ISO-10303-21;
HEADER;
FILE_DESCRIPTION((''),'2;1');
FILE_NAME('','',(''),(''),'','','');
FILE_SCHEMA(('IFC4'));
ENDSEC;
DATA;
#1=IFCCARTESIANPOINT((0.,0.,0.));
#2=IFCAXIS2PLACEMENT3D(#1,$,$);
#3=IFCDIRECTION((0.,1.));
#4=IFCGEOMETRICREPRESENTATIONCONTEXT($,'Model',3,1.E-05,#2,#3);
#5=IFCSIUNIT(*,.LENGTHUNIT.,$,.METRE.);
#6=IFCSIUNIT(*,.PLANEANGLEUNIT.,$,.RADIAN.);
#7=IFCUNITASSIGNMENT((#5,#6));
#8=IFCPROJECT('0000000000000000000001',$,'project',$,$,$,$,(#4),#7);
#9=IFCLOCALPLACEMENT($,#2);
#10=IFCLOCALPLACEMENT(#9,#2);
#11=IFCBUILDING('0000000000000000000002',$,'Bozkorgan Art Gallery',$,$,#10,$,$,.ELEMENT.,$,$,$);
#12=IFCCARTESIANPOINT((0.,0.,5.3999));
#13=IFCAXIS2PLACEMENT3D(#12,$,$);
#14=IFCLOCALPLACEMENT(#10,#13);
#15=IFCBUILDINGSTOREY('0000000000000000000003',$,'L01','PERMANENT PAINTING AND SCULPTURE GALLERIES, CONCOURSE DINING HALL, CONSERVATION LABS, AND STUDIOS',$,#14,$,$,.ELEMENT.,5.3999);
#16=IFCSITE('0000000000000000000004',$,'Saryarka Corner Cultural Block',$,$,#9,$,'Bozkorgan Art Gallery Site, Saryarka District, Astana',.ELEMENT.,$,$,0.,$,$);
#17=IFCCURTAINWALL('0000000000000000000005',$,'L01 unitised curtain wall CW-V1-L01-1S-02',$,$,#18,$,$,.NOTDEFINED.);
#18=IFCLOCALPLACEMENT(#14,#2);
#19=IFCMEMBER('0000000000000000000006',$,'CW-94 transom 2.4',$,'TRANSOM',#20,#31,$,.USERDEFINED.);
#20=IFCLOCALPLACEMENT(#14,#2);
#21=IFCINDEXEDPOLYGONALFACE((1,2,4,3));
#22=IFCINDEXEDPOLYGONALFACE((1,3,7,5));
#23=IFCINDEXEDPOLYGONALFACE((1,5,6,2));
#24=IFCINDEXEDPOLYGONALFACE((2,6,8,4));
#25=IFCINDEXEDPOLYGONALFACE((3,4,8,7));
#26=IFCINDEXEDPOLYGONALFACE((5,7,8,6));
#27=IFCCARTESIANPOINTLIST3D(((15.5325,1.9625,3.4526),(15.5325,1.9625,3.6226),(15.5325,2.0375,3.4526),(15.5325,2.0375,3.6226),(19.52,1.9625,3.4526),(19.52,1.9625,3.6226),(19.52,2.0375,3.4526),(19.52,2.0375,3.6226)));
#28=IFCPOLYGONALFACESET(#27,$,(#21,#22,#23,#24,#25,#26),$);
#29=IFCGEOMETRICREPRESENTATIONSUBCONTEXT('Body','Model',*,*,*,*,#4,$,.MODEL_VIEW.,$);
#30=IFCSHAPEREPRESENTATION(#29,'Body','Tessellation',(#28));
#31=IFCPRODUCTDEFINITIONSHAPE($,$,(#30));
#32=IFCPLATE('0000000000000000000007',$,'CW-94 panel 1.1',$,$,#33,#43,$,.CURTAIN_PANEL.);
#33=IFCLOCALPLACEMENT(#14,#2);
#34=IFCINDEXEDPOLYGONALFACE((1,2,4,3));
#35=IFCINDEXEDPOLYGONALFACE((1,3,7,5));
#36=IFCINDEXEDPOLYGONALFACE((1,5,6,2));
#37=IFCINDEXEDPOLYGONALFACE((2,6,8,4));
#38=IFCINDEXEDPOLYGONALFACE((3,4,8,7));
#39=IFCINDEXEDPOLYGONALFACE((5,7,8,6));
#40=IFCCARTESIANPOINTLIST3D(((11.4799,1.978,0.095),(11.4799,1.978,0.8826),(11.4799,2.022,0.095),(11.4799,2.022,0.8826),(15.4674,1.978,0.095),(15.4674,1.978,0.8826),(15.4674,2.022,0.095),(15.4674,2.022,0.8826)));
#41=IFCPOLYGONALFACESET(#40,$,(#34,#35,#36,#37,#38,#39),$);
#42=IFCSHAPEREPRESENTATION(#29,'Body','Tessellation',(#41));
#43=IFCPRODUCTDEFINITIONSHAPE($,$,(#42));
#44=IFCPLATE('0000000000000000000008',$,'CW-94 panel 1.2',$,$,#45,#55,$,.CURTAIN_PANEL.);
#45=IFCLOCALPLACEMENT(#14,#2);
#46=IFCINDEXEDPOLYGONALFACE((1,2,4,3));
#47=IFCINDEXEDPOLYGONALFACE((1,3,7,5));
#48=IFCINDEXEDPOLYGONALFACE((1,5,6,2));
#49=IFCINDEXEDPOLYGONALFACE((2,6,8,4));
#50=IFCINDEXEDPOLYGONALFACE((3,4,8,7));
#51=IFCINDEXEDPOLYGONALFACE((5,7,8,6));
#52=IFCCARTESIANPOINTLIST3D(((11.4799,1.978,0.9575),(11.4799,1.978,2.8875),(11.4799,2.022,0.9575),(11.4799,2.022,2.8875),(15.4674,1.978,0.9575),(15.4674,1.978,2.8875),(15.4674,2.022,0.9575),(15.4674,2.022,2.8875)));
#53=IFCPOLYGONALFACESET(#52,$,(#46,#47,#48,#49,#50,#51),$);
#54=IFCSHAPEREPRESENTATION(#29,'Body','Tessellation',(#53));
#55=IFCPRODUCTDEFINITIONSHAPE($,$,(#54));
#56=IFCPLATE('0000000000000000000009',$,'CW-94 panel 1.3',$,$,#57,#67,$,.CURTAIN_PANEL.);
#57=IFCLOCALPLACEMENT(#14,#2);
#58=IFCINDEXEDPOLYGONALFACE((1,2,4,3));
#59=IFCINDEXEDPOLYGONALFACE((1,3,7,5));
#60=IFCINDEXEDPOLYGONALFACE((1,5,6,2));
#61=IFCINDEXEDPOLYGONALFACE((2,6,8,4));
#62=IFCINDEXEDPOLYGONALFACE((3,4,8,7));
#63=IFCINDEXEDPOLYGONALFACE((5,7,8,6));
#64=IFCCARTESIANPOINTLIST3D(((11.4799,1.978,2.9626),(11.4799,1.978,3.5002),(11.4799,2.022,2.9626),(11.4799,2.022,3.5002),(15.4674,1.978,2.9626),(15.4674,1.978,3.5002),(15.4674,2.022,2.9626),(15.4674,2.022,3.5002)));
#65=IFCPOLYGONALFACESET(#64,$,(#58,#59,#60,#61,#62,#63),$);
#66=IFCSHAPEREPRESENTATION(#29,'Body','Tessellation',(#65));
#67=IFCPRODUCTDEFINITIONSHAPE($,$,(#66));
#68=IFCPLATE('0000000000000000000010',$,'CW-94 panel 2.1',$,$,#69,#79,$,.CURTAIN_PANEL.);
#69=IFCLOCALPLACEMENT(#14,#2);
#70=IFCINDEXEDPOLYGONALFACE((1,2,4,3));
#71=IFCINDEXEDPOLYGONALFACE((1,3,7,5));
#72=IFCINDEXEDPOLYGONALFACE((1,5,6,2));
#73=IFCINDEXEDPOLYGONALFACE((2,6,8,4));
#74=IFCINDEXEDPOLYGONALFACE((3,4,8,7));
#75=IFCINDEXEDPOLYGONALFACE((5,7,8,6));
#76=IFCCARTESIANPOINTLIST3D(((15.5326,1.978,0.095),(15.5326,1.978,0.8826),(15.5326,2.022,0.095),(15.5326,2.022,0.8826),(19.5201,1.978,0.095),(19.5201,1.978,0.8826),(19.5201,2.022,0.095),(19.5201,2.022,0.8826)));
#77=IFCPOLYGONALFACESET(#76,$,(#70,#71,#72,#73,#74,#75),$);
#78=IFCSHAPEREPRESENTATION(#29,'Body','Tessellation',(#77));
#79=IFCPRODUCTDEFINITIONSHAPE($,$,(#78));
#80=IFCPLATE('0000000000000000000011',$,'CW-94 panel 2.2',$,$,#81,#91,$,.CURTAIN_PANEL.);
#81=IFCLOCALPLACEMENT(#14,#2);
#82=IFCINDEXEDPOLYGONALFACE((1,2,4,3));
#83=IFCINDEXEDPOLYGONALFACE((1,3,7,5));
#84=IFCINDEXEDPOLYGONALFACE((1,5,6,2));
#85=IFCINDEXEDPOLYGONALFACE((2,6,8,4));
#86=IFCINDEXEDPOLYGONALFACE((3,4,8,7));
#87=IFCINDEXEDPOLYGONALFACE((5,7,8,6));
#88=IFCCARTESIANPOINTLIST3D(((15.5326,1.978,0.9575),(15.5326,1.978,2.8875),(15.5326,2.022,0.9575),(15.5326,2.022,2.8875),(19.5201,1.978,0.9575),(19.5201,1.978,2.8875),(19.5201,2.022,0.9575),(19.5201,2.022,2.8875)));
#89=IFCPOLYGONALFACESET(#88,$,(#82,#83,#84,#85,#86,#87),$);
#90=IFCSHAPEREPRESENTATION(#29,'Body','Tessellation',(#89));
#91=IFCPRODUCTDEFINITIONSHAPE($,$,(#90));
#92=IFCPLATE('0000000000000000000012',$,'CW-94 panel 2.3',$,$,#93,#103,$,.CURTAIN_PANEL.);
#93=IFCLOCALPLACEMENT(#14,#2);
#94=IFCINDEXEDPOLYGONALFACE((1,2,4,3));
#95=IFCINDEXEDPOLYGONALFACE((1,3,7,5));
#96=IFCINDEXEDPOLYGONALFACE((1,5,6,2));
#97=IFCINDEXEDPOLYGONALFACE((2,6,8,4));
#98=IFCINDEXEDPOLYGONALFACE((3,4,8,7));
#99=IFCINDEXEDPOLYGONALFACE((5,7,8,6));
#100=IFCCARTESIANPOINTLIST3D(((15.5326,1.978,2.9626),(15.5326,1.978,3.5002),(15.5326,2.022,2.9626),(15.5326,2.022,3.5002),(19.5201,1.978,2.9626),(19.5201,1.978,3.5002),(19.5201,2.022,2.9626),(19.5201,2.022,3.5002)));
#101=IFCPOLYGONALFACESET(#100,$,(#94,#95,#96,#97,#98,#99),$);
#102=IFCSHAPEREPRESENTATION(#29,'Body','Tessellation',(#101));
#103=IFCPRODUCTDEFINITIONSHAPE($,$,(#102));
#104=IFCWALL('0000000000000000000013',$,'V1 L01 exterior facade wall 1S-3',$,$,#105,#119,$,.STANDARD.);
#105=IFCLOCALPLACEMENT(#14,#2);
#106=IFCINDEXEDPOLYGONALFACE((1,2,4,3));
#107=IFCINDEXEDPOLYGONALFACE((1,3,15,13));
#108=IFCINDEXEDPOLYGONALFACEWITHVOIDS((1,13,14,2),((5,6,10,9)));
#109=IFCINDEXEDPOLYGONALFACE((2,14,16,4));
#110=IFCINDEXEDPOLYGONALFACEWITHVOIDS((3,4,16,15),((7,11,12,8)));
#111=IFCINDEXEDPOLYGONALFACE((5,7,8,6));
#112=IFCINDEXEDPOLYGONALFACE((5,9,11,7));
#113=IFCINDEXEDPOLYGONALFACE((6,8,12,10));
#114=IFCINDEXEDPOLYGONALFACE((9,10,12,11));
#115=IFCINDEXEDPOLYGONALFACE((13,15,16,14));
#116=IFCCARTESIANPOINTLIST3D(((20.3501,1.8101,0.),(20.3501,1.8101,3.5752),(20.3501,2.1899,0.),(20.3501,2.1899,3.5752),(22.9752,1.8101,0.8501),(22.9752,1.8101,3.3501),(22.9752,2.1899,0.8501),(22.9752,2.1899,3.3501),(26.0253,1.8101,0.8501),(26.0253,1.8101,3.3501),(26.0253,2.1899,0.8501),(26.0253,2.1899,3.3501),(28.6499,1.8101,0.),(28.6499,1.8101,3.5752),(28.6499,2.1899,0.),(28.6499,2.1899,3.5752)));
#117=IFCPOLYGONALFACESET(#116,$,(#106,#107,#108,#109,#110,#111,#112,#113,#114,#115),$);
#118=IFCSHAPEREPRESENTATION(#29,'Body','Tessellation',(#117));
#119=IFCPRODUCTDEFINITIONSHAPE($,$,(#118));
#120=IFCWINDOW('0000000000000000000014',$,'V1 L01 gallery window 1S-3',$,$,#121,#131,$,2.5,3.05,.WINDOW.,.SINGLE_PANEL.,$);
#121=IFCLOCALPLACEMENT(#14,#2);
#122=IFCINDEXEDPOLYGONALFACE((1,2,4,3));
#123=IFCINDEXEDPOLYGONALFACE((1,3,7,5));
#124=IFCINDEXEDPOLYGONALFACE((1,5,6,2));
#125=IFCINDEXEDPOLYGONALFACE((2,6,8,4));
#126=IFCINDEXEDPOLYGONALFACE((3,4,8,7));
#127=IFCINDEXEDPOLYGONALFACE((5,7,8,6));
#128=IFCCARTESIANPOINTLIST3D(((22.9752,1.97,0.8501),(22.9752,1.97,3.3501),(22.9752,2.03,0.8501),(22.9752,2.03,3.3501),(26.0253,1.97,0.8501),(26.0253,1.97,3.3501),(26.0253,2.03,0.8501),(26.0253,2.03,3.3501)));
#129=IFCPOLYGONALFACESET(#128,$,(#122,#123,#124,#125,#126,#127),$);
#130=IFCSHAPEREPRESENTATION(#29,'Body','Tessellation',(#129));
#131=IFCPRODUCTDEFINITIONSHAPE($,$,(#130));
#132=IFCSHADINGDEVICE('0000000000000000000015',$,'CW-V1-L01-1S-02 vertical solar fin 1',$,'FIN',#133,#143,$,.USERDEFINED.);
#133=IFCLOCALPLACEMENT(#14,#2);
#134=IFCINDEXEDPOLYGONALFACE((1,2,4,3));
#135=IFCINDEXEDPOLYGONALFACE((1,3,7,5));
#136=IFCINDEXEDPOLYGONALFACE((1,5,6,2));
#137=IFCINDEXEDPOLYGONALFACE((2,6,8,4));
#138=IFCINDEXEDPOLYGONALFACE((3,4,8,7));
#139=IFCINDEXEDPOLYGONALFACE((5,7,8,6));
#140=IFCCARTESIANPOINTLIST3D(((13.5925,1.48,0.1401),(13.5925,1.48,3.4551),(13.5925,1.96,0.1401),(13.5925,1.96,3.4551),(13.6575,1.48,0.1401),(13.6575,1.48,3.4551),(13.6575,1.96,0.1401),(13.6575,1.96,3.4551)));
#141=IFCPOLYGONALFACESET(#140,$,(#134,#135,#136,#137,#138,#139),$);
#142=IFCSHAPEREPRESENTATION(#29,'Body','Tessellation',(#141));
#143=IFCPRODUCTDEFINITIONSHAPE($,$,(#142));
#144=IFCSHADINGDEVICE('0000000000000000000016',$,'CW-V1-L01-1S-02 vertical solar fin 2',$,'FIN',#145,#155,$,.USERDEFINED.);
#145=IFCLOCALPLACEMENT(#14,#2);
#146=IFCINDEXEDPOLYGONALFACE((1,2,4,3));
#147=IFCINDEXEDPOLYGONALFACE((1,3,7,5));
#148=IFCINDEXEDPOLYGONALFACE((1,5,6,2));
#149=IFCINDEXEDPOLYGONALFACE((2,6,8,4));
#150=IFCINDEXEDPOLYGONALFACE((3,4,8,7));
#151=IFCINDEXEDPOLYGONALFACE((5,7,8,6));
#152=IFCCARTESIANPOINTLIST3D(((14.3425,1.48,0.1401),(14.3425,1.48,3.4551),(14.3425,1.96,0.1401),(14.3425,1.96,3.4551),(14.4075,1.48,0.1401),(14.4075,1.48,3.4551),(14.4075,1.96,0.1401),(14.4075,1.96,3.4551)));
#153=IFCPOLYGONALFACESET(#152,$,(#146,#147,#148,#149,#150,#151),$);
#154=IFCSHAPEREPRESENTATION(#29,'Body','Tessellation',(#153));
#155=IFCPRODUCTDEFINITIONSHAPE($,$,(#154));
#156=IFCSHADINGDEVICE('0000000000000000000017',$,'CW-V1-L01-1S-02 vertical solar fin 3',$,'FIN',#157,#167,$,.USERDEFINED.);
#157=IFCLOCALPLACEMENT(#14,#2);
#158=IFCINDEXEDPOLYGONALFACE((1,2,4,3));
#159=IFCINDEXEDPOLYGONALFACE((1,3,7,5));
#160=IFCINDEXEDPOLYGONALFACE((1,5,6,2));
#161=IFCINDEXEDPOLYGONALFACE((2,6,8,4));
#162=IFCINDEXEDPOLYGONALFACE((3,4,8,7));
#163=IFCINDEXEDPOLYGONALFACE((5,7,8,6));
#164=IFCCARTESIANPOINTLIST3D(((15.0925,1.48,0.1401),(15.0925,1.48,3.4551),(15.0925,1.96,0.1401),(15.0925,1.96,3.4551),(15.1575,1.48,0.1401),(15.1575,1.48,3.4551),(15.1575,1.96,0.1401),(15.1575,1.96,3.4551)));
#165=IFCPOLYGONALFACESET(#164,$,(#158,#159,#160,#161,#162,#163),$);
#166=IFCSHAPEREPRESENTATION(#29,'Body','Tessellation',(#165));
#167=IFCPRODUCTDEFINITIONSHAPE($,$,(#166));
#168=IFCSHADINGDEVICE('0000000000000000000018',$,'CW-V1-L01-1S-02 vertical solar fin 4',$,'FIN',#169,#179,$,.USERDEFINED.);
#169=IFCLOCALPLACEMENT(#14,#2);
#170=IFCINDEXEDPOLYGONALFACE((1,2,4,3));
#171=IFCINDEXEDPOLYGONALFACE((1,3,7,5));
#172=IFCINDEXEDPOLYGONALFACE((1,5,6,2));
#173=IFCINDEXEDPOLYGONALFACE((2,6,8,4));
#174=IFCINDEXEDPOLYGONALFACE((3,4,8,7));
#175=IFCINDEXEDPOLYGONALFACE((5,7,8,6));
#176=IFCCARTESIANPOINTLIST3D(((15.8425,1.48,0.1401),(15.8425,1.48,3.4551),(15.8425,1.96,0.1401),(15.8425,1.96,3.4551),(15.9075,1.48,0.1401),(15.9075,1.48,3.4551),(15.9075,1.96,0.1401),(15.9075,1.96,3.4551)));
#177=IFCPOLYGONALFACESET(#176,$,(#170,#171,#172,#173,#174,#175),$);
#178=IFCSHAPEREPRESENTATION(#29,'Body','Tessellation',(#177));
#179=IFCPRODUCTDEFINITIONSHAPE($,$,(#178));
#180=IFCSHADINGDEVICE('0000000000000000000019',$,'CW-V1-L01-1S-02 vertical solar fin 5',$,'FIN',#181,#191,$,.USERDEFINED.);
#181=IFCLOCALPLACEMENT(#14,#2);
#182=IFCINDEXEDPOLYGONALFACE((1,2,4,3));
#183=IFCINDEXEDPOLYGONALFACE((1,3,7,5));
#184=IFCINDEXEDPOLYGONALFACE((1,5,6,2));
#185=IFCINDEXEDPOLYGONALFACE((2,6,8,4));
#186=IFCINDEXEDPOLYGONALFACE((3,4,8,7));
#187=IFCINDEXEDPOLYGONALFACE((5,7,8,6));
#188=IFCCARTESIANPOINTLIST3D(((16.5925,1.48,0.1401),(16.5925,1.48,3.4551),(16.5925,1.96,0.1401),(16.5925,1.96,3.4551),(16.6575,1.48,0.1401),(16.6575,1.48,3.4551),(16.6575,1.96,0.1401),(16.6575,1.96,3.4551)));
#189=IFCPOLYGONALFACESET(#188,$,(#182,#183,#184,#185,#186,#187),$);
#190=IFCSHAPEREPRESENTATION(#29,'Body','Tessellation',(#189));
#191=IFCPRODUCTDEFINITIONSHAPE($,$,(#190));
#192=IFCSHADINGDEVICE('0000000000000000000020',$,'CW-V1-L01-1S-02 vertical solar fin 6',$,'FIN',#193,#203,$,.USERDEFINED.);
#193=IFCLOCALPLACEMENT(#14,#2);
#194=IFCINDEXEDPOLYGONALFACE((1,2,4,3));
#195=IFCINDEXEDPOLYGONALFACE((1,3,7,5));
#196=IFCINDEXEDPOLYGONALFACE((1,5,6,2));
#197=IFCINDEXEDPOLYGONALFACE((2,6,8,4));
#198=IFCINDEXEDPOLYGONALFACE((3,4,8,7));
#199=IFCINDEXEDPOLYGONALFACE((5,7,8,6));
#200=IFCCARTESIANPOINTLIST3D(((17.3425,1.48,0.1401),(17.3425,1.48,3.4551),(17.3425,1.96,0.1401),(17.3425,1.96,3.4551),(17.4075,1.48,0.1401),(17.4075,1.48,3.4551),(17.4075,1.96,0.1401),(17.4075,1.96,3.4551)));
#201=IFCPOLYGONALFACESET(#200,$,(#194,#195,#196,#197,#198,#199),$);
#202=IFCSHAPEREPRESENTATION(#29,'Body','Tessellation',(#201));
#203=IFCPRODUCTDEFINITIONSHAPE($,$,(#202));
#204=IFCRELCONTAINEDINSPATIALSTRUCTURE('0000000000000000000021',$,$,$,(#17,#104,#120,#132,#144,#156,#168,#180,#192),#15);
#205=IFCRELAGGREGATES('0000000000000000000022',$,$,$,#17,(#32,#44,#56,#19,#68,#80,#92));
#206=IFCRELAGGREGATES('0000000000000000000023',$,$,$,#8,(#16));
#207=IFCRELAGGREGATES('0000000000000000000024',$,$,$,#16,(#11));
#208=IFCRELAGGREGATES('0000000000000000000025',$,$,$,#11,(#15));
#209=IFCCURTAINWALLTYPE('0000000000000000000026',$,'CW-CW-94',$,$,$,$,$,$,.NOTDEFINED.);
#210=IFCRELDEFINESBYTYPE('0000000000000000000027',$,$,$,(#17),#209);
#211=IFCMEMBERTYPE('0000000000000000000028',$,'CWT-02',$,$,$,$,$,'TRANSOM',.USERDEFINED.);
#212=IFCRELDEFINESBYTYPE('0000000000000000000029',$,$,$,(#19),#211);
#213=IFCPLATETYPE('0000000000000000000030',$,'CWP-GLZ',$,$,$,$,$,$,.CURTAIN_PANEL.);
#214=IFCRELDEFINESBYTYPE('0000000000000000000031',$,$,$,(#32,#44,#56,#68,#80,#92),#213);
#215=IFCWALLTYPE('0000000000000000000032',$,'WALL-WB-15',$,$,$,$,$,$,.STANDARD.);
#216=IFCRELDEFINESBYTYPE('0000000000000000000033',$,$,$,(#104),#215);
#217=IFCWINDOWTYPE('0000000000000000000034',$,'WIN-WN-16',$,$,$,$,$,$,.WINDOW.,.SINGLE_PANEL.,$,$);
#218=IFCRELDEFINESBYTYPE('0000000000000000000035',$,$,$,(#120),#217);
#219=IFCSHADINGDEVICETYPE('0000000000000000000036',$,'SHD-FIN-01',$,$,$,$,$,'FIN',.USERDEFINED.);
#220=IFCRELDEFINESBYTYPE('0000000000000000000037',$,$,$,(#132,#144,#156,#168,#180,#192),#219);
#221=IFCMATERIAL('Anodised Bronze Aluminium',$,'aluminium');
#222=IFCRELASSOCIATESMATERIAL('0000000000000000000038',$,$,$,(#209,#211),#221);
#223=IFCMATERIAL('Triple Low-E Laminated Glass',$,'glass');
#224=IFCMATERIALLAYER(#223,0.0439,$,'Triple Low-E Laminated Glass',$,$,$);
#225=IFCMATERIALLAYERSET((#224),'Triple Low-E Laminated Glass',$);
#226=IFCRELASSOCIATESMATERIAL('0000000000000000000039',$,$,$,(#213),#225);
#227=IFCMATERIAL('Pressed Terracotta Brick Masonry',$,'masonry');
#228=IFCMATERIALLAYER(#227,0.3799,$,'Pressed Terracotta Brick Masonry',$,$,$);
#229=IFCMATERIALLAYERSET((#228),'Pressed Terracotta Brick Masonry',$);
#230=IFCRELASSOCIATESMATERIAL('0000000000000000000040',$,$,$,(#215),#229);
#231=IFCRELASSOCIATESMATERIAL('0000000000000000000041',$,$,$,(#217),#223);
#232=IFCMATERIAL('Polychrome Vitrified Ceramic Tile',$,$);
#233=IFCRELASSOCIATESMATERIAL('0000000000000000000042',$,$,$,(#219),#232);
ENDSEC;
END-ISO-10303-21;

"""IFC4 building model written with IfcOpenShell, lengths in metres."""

from ifc_helpers import new_model, si_unit, direction, frame, frame_2d, origin, origin_2d, place, context, subcontext, project, spatial, rectangle, extrude, material, layer, layer_set, material_profile, profile_set, type_object, element, fill, aggregate, save


model = new_model("IFC4")

# Units and contexts
model_context = context("Model", 3, precision=1e-05, world=origin(), true_north=direction((0.0, 1.0)))
body_context = subcontext(model_context, "Body", "Model", "MODEL_VIEW")
ifc_project = project(units=[si_unit("LENGTHUNIT", "METRE"), si_unit("PLANEANGLEUNIT", "RADIAN")], contexts=[model_context])

# Site, building, storey
site_placement = place(None, origin())
site = spatial("IfcSite", under=ifc_project, at=site_placement, Name="Saryarka Corner Cultural Block", LongName="Bozkorgan Art Gallery Site, Saryarka District, Astana", CompositionType="ELEMENT", RefElevation=0.0)
building_placement = place(site_placement, origin())
building = spatial("IfcBuilding", under=site, at=building_placement, Name="Bozkorgan Art Gallery", CompositionType="ELEMENT")
storey_placement = place(building_placement, frame((0.0, 0.0, 5.3999)))
storey = spatial("IfcBuildingStorey", under=building, at=storey_placement, Name="L01", Description="PERMANENT PAINTING AND SCULPTURE GALLERIES, CONCOURSE DINING HALL, CONSERVATION LABS, AND STUDIOS", CompositionType="ELEMENT", Elevation=5.3999)

# Curtain wall
ifc_material_1 = material(Name="Anodised Bronze Aluminium", Category="aluminium")
curtain_wall_type = type_object("IfcCurtainWallType", Name="CW-CW-94", PredefinedType="NOTDEFINED", material=ifc_material_1)
curtain_wall_1_placement = place(storey_placement, origin())
curtain_wall_1 = element("IfcCurtainWall", 1, at=curtain_wall_1_placement, inside=storey, type_object=curtain_wall_type, Name="L01 unitised curtain wall CW-V1-L01-1S-02", PredefinedType="NOTDEFINED")

# Member
ifc_material_profile_1 = material_profile(ifc_material_1, rectangle(XDim=0.075, YDim=0.1699, at=origin_2d()), Name="ALU TRANSOM 75x170")
ifc_profile_set_1 = profile_set([ifc_material_profile_1], Name="Anodised Bronze Aluminium")
member_type_1 = type_object("IfcMemberType", Name="CWT-02", ElementType="TRANSOM", PredefinedType="USERDEFINED", material=ifc_profile_set_1)
member_1_placement = place(storey_placement, frame((15.5325, 2.0, 3.5376), z_axis=(1.0, 0.0, 0.0), x_axis=(0.0, 1.0, 0.0)))
member_1 = element("IfcMember", 2, at=member_1_placement, type_object=member_type_1, Name="CW-94 transom 2.4", ObjectType="TRANSOM", PredefinedType="USERDEFINED", context=body_context, shape_type="SweptSolid", body=[
    extrude(rectangle(XDim=0.075, YDim=0.1699, at=origin_2d()), origin(), (0.0, 0.0, 1.0), 3.9875),
])

# Plates
ifc_material_2 = material(Name="Triple Low-E Laminated Glass", Category="glass")
ifc_layer_1 = layer(ifc_material_2, 0.0439, Name="Triple Low-E Laminated Glass")
ifc_layer_set_1 = layer_set([ifc_layer_1], Name="Triple Low-E Laminated Glass")
plate_type = type_object("IfcPlateType", Name="CWP-GLZ", PredefinedType="CURTAIN_PANEL", material=ifc_layer_set_1)
plate_1_placement = place(storey_placement, frame((13.4736, 2.0, 0.095), z_axis=(0.0, 0.0, 1.0), x_axis=(1.0, 0.0, 0.0)))
plate_1 = element("IfcPlate", 3, at=plate_1_placement, type_object=plate_type, Name="CW-94 panel 1.1", PredefinedType="CURTAIN_PANEL", context=body_context, shape_type="SweptSolid", body=[
    extrude(rectangle(XDim=3.9875, YDim=0.0439, at=origin_2d()), origin(), (0.0, 0.0, 1.0), 0.7876),
])
plate_2_placement = place(storey_placement, frame((13.4736, 2.0, 0.9575), z_axis=(0.0, 0.0, 1.0), x_axis=(1.0, 0.0, 0.0)))
plate_2 = element("IfcPlate", 4, at=plate_2_placement, type_object=plate_type, Name="CW-94 panel 1.2", PredefinedType="CURTAIN_PANEL", context=body_context, shape_type="SweptSolid", body=[
    extrude(rectangle(XDim=3.9875, YDim=0.0439, at=origin_2d()), origin(), (0.0, 0.0, 1.0), 1.9299),
])
plate_3_placement = place(storey_placement, frame((13.4736, 2.0, 2.9626), z_axis=(0.0, 0.0, 1.0), x_axis=(1.0, 0.0, 0.0)))
plate_3 = element("IfcPlate", 5, at=plate_3_placement, type_object=plate_type, Name="CW-94 panel 1.3", PredefinedType="CURTAIN_PANEL", context=body_context, shape_type="SweptSolid", body=[
    extrude(rectangle(XDim=3.9875, YDim=0.0439, at=origin_2d()), origin(), (0.0, 0.0, 1.0), 0.5376),
])
plate_4_placement = place(storey_placement, frame((17.5264, 2.0, 0.095), z_axis=(0.0, 0.0, 1.0), x_axis=(1.0, 0.0, 0.0)))
plate_4 = element("IfcPlate", 6, at=plate_4_placement, type_object=plate_type, Name="CW-94 panel 2.1", PredefinedType="CURTAIN_PANEL", context=body_context, shape_type="SweptSolid", body=[
    extrude(rectangle(XDim=3.9875, YDim=0.0439, at=origin_2d()), origin(), (0.0, 0.0, 1.0), 0.7876),
])
plate_5_placement = place(storey_placement, frame((17.5264, 2.0, 0.9575), z_axis=(0.0, 0.0, 1.0), x_axis=(1.0, 0.0, 0.0)))
plate_5 = element("IfcPlate", 7, at=plate_5_placement, type_object=plate_type, Name="CW-94 panel 2.2", PredefinedType="CURTAIN_PANEL", context=body_context, shape_type="SweptSolid", body=[
    extrude(rectangle(XDim=3.9875, YDim=0.0439, at=origin_2d()), origin(), (0.0, 0.0, 1.0), 1.9299),
])
plate_6_placement = place(storey_placement, frame((17.5264, 2.0, 2.9626), z_axis=(0.0, 0.0, 1.0), x_axis=(1.0, 0.0, 0.0)))
plate_6 = element("IfcPlate", 8, at=plate_6_placement, type_object=plate_type, Name="CW-94 panel 2.3", PredefinedType="CURTAIN_PANEL", context=body_context, shape_type="SweptSolid", body=[
    extrude(rectangle(XDim=3.9875, YDim=0.0439, at=origin_2d()), origin(), (0.0, 0.0, 1.0), 0.5376),
])
aggregate(curtain_wall_1, [plate_1, plate_2, plate_3, member_1, plate_4, plate_5, plate_6])

# Wall, opening, window
ifc_material_3 = material(Name="Pressed Terracotta Brick Masonry", Category="masonry")
ifc_layer_2 = layer(ifc_material_3, 0.3799, Name="Pressed Terracotta Brick Masonry")
ifc_layer_set_2 = layer_set([ifc_layer_2], Name="Pressed Terracotta Brick Masonry")
wall_type = type_object("IfcWallType", Name="WALL-WB-15", PredefinedType="STANDARD", material=ifc_layer_set_2)
wall_placement = place(storey_placement, frame((20.3501, 2.0, 0.0), z_axis=(0.0, 0.0, 1.0), x_axis=(1.0, 0.0, 0.0)))
wall = element("IfcWall", 9, at=wall_placement, inside=storey, type_object=wall_type, Name="V1 L01 exterior facade wall 1S-3", PredefinedType="STANDARD", context=body_context, shape_type="SweptSolid", body=[
    extrude(rectangle(XDim=8.2998, YDim=0.3799, at=frame_2d((4.1499, 0.0))), origin(), (0.0, 0.0, 1.0), 3.5752),
])
opening_placement = place(wall_placement, frame((5.675, 0.0, 0.8501), z_axis=(0.0, 0.0, 1.0), x_axis=(-1.0, 0.0, 0.0)))
opening = element("IfcOpeningElement", 10, at=opening_placement, cuts=wall, PredefinedType="OPENING", context=body_context, shape_type="SweptSolid", body=[
    extrude(rectangle(XDim=3.05, YDim=2.5, at=frame_2d((1.5249, 1.25))), frame((0.0, 0.2, 0.0), z_axis=(0.0, -1.0, 0.0), x_axis=(1.0, 0.0, 0.0)), (0.0, 0.0, 1.0), 0.3999),
])
window_type = type_object("IfcWindowType", Name="WIN-WN-16", PartitioningType="SINGLE_PANEL", PredefinedType="WINDOW", material=ifc_material_2)
window_placement = place(opening_placement, origin())
window = element("IfcWindow", 11, at=window_placement, inside=storey, type_object=window_type, Name="V1 L01 gallery window 1S-3", OverallHeight=2.5, OverallWidth=3.05, PartitioningType="SINGLE_PANEL", PredefinedType="WINDOW", context=body_context, shape_type="SweptSolid", body=[
    extrude(rectangle(XDim=3.05, YDim=2.5, at=frame_2d((1.5249, 1.25))), frame((0.0, 0.03, 0.0), z_axis=(0.0, -1.0, 0.0), x_axis=(1.0, 0.0, 0.0)), (0.0, 0.0, 1.0), 0.0601),
])
fill(opening, window)

# Shading devices
ifc_material_4 = material(Name="Polychrome Vitrified Ceramic Tile")
shading_device_type = type_object("IfcShadingDeviceType", Name="SHD-FIN-01", ElementType="FIN", PredefinedType="USERDEFINED", material=ifc_material_4)
for number, where, z_axis, x_axis, name in (
    (12, (13.625, 1.72, 0.1401), (0.0, 0.0, 1.0), (0.0, -1.0, 0.0), "CW-V1-L01-1S-02 vertical solar fin 1"),
    (13, (14.375, 1.72, 0.1401), (0.0, 0.0, 1.0), (0.0, -1.0, 0.0), "CW-V1-L01-1S-02 vertical solar fin 2"),
    (14, (15.125, 1.72, 0.1401), (0.0, 0.0, 1.0), (0.0, -1.0, 0.0), "CW-V1-L01-1S-02 vertical solar fin 3"),
    (15, (15.875, 1.72, 0.1401), (0.0, 0.0, 1.0), (0.0, -1.0, 0.0), "CW-V1-L01-1S-02 vertical solar fin 4"),
    (16, (16.625, 1.72, 0.1401), (0.0, 0.0, 1.0), (0.0, -1.0, 0.0), "CW-V1-L01-1S-02 vertical solar fin 5"),
    (17, (17.375, 1.72, 0.1401), (0.0, 0.0, 1.0), (0.0, -1.0, 0.0), "CW-V1-L01-1S-02 vertical solar fin 6"),
):
    element("IfcShadingDevice", number, at=place(storey_placement, frame(where, z_axis=z_axis, x_axis=x_axis)), inside=storey, type_object=shading_device_type, Name=name, ObjectType="FIN", PredefinedType="USERDEFINED", context=body_context, shape_type="SweptSolid", body=[
        extrude(rectangle(XDim=0.48, YDim=0.0649, at=origin_2d()), origin(), (0.0, 0.0, 1.0), 3.3149),
    ])

save(model, "model.ifc")
